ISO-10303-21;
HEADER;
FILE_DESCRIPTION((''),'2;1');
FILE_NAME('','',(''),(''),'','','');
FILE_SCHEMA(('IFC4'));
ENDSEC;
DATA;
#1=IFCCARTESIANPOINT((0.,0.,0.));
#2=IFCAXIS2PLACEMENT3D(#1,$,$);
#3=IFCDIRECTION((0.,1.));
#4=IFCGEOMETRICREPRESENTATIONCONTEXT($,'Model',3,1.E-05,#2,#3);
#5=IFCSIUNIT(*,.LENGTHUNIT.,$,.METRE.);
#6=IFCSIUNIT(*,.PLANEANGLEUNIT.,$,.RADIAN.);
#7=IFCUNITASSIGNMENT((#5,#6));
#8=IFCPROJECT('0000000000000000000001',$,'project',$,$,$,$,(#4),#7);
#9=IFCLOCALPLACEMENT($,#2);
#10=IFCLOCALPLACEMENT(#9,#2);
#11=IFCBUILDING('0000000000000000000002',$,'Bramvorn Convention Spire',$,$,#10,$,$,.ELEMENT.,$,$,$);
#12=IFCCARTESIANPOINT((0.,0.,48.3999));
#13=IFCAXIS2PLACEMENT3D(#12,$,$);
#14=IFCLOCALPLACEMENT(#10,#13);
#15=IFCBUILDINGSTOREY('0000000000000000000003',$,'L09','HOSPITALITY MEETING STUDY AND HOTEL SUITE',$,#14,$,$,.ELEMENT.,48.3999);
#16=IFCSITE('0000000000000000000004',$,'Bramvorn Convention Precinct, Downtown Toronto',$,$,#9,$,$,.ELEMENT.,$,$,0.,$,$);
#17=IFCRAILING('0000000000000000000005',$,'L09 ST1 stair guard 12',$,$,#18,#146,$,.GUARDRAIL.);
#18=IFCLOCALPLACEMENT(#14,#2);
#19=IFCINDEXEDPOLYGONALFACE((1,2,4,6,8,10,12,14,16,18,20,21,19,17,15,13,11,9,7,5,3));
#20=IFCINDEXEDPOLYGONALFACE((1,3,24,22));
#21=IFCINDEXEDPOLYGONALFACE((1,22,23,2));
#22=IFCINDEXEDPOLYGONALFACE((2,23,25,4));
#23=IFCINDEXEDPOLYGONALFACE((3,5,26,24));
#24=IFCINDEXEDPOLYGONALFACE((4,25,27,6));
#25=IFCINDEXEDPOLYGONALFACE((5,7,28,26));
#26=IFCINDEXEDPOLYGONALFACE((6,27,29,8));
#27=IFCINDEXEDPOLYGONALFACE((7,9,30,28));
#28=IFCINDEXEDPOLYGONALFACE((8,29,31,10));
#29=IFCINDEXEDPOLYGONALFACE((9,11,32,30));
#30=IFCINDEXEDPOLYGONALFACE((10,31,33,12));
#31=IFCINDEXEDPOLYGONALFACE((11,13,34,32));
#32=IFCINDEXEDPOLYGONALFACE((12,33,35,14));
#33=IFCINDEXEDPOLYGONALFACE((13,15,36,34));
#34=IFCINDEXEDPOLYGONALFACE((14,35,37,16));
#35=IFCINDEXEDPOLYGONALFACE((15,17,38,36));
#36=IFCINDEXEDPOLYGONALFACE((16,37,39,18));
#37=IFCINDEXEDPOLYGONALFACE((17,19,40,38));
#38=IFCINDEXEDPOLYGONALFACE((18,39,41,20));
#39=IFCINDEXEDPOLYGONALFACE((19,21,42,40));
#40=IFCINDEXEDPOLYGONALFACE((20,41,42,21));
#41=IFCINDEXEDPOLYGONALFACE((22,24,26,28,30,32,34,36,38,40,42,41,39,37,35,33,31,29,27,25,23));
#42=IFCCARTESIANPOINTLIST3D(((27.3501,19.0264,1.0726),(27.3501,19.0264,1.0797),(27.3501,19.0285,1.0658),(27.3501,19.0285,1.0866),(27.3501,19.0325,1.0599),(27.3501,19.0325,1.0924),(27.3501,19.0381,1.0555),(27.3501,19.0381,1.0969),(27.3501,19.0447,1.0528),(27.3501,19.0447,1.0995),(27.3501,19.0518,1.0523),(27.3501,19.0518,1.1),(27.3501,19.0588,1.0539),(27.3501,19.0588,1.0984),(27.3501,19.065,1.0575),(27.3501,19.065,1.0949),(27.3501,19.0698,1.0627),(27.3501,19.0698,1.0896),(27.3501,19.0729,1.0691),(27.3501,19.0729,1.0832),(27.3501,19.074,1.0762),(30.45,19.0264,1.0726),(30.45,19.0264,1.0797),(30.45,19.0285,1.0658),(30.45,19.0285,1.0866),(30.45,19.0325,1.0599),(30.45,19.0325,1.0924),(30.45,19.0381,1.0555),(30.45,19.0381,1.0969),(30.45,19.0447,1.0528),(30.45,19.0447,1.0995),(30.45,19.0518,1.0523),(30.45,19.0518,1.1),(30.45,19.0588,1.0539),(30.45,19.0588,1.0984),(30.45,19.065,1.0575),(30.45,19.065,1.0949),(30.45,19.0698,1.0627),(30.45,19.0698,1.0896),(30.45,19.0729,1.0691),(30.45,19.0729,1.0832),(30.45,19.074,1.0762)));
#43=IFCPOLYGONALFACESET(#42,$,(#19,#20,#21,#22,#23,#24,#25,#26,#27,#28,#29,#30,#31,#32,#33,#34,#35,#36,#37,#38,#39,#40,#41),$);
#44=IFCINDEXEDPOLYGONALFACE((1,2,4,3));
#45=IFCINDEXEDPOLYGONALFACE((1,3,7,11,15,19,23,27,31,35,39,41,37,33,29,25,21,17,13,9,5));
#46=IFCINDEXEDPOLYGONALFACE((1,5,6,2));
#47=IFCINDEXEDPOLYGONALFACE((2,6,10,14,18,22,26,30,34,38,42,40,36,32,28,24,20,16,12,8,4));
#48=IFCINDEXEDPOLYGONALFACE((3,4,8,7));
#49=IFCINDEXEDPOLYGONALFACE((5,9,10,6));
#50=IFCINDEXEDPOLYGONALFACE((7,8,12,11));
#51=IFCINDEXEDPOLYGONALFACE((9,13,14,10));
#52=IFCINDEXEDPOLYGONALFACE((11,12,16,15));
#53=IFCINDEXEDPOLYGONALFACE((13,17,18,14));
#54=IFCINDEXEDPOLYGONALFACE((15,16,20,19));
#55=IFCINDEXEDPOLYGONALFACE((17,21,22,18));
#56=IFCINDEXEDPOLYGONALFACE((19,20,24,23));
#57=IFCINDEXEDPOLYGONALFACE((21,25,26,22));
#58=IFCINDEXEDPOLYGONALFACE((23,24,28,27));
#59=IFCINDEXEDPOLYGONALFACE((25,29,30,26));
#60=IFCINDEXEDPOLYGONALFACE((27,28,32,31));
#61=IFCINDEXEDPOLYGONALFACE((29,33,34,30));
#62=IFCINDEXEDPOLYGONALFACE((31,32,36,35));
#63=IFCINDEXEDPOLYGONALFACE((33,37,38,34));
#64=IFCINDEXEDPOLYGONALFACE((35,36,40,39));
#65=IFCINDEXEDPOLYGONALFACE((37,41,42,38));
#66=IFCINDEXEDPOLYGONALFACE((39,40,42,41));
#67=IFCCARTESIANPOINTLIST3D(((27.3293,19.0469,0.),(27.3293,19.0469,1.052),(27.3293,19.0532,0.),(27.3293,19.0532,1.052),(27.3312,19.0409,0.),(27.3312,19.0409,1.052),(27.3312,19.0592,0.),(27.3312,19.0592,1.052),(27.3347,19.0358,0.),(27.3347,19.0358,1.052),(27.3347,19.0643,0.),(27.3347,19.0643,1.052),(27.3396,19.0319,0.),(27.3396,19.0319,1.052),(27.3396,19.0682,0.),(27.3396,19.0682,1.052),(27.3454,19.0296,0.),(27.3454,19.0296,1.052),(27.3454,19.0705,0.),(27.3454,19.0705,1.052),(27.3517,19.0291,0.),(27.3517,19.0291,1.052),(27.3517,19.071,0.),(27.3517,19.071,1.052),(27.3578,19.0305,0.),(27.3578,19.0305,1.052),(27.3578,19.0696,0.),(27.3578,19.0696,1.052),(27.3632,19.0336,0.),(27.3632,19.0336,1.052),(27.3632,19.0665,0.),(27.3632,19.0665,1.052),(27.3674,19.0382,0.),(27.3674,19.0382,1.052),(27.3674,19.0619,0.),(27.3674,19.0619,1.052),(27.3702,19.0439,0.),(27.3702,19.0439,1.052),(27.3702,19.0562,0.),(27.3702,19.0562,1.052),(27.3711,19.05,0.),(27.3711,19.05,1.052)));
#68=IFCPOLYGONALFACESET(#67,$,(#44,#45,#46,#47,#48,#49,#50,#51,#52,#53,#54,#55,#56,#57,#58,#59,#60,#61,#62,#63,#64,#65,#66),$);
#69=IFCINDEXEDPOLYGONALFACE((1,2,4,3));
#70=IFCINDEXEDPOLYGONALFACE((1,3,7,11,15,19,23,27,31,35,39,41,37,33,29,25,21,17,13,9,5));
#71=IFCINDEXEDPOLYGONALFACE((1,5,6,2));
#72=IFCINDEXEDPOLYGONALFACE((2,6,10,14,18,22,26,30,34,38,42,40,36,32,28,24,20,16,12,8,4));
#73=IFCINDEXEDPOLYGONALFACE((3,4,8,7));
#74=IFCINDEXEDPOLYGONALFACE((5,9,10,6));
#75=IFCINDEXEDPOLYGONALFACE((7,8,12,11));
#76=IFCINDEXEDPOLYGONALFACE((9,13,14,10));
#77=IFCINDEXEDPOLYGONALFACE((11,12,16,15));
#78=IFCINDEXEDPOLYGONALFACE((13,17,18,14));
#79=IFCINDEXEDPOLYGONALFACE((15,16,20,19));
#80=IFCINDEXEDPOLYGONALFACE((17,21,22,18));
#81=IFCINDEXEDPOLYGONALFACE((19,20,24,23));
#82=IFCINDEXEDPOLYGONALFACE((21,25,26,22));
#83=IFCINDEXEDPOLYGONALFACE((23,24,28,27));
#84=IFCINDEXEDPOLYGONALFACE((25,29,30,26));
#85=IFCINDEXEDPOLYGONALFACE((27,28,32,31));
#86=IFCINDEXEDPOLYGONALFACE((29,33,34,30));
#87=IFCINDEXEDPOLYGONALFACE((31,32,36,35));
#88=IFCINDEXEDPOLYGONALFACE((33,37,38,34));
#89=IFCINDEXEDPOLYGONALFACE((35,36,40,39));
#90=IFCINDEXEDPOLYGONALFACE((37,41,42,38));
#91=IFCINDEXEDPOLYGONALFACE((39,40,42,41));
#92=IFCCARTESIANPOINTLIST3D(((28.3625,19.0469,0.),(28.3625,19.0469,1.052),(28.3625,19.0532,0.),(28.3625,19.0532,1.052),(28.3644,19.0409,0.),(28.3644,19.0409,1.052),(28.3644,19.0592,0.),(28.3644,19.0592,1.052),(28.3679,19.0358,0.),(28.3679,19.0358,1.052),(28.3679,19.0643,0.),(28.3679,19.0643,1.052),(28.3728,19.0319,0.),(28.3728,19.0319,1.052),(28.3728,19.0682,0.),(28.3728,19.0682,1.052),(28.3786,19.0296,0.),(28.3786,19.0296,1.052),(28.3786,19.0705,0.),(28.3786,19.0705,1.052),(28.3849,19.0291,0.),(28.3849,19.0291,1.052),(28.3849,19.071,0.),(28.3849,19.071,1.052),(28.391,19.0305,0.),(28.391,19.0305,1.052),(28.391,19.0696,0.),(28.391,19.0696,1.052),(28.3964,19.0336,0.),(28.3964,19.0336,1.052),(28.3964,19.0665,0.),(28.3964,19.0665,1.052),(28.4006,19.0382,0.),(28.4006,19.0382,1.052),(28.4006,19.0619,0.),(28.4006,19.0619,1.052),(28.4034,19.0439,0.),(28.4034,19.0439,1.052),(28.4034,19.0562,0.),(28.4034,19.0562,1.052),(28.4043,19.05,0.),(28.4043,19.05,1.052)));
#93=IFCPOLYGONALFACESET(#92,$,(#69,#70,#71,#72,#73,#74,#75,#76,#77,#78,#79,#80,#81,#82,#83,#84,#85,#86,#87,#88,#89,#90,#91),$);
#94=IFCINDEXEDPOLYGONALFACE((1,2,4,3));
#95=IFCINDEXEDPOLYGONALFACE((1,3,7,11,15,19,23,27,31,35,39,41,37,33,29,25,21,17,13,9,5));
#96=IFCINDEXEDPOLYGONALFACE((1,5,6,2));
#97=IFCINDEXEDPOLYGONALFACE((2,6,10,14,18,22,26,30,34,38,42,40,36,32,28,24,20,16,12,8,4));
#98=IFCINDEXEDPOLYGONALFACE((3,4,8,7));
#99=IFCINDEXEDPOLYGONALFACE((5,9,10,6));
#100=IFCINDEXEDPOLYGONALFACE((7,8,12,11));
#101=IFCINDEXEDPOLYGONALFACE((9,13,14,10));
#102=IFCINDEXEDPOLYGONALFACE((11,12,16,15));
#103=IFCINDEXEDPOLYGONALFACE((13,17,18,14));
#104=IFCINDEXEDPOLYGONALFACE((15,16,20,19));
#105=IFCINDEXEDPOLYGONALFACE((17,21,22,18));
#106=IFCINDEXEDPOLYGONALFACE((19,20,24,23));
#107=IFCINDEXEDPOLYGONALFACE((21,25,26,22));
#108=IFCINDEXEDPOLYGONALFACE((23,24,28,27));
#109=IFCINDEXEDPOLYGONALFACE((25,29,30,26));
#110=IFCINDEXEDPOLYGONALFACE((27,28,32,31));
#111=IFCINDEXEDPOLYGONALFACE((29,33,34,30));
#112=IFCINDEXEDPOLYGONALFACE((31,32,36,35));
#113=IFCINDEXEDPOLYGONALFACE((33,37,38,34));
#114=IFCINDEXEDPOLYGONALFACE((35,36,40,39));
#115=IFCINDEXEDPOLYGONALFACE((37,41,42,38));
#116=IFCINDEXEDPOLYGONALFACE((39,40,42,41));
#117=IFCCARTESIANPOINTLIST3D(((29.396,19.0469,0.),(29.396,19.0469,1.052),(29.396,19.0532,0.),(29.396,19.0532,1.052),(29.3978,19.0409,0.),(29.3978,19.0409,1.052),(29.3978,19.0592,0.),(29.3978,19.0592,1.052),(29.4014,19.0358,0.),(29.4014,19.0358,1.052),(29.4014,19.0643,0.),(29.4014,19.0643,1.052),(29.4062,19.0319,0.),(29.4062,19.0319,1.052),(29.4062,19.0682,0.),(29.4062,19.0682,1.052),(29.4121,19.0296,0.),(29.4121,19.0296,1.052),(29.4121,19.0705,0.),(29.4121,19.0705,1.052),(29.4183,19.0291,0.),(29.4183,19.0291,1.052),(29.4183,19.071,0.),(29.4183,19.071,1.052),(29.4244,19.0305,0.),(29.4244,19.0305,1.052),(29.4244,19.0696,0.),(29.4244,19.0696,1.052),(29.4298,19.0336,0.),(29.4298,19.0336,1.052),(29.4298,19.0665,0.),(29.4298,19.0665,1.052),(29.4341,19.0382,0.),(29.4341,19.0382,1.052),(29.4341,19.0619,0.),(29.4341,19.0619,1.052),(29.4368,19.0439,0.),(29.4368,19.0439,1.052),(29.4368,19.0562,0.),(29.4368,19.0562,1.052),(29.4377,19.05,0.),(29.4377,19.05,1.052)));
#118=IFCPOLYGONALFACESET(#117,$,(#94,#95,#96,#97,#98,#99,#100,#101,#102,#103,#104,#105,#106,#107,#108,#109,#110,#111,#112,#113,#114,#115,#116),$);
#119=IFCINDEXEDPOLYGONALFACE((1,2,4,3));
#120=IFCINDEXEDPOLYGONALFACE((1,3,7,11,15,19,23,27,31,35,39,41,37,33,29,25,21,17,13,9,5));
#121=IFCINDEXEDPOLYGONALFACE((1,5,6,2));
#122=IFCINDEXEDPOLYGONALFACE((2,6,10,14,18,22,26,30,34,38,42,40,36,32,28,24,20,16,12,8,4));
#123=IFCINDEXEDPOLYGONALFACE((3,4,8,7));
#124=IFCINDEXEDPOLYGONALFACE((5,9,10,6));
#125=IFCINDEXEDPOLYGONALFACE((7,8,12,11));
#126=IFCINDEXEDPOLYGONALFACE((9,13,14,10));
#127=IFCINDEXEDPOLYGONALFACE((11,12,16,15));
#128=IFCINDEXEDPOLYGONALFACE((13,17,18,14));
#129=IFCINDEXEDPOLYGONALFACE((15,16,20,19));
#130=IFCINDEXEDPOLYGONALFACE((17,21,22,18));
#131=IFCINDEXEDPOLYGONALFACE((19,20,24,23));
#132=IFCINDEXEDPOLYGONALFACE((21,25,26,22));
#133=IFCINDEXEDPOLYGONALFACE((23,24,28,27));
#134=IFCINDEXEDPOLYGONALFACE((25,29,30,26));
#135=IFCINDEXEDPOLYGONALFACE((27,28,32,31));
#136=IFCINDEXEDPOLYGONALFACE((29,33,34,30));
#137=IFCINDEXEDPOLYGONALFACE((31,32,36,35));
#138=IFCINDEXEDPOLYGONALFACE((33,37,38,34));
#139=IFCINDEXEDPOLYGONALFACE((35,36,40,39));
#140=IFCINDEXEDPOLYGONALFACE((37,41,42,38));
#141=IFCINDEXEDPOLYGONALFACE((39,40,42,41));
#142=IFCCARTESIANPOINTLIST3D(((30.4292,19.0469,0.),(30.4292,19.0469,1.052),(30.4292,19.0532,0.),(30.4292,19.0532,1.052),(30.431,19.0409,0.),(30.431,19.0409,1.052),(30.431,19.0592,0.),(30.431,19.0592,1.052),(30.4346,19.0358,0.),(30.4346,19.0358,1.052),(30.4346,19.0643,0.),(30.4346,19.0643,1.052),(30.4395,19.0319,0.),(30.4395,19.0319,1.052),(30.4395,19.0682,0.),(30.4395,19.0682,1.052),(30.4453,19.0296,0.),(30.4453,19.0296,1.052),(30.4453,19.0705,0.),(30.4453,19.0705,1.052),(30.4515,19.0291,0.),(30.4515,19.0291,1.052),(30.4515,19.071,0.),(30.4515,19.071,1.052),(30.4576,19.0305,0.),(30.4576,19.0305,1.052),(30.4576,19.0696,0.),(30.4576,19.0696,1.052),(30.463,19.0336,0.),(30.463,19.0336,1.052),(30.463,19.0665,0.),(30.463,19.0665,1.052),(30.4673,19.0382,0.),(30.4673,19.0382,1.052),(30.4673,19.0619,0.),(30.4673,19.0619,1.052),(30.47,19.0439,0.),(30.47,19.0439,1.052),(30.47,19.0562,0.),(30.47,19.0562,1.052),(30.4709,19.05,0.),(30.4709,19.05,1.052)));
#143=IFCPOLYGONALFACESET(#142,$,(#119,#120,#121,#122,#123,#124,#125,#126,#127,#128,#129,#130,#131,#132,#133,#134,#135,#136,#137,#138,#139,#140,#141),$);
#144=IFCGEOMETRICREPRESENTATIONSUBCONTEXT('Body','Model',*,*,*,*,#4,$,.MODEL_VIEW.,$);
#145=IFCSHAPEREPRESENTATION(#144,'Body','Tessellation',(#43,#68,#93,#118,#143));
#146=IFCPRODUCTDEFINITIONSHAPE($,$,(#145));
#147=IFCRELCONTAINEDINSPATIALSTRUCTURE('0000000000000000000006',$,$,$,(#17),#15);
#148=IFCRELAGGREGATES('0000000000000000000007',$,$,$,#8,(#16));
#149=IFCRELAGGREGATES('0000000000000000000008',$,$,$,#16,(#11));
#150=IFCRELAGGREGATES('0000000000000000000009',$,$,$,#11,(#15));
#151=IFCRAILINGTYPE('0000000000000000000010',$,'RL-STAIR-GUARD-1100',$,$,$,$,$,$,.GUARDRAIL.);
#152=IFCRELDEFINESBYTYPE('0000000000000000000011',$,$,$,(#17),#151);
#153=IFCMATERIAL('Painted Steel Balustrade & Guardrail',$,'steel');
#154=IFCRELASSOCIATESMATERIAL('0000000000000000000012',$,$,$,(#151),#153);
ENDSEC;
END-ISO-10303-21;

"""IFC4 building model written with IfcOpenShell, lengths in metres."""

from ifc_helpers import new_model, si_unit, direction, frame, origin, origin_2d, place, context, subcontext, project, spatial, circle, extrude, material, type_object, element, save


model = new_model("IFC4")

# Units and contexts
model_context = context("Model", 3, precision=1e-05, world=origin(), true_north=direction((0.0, 1.0)))
body_context = subcontext(model_context, "Body", "Model", "MODEL_VIEW")
ifc_project = project(units=[si_unit("LENGTHUNIT", "METRE"), si_unit("PLANEANGLEUNIT", "RADIAN")], contexts=[model_context])

# Site, building, storey
site_placement = place(None, origin())
site = spatial("IfcSite", under=ifc_project, at=site_placement, Name="Bramvorn Convention Precinct, Downtown Toronto", CompositionType="ELEMENT", RefElevation=0.0)
building_placement = place(site_placement, origin())
building = spatial("IfcBuilding", under=site, at=building_placement, Name="Bramvorn Convention Spire", CompositionType="ELEMENT")
storey_placement = place(building_placement, frame((0.0, 0.0, 48.3999)))
storey = spatial("IfcBuildingStorey", under=building, at=storey_placement, Name="L09", Description="HOSPITALITY MEETING STUDY AND HOTEL SUITE", CompositionType="ELEMENT", Elevation=48.3999)

# Railing
ifc_material_1 = material(Name="Painted Steel Balustrade & Guardrail", Category="steel")
railing_type = type_object("IfcRailingType", Name="RL-STAIR-GUARD-1100", PredefinedType="GUARDRAIL", material=ifc_material_1)
railing_1_placement = place(storey_placement, frame((27.3501, 19.05, 0.0)))
element("IfcRailing", 1, at=railing_1_placement, inside=storey, type_object=railing_type, Name="L09 ST1 stair guard 12", PredefinedType="GUARDRAIL", context=body_context, shape_type="SweptSolid", body=[
    extrude(circle(Radius=0.0239, at=origin_2d()), frame((0.0, 0.0, 1.0762), z_axis=(1.0, 0.0, 0.0), x_axis=(0.0, 1.0, 0.0)), (0.0, 0.0, 1.0), 3.0999),
    extrude(circle(Radius=0.021, at=origin_2d()), origin(), (0.0, 0.0, 1.0), 1.052),
    extrude(circle(Radius=0.021, at=origin_2d()), frame((1.0332, 0.0, 0.0)), (0.0, 0.0, 1.0), 1.052),
    extrude(circle(Radius=0.021, at=origin_2d()), frame((2.0667, 0.0, 0.0)), (0.0, 0.0, 1.0), 1.052),
    extrude(circle(Radius=0.021, at=origin_2d()), frame((3.0999, 0.0, 0.0)), (0.0, 0.0, 1.0), 1.052),
])

save(model, "model.ifc")
